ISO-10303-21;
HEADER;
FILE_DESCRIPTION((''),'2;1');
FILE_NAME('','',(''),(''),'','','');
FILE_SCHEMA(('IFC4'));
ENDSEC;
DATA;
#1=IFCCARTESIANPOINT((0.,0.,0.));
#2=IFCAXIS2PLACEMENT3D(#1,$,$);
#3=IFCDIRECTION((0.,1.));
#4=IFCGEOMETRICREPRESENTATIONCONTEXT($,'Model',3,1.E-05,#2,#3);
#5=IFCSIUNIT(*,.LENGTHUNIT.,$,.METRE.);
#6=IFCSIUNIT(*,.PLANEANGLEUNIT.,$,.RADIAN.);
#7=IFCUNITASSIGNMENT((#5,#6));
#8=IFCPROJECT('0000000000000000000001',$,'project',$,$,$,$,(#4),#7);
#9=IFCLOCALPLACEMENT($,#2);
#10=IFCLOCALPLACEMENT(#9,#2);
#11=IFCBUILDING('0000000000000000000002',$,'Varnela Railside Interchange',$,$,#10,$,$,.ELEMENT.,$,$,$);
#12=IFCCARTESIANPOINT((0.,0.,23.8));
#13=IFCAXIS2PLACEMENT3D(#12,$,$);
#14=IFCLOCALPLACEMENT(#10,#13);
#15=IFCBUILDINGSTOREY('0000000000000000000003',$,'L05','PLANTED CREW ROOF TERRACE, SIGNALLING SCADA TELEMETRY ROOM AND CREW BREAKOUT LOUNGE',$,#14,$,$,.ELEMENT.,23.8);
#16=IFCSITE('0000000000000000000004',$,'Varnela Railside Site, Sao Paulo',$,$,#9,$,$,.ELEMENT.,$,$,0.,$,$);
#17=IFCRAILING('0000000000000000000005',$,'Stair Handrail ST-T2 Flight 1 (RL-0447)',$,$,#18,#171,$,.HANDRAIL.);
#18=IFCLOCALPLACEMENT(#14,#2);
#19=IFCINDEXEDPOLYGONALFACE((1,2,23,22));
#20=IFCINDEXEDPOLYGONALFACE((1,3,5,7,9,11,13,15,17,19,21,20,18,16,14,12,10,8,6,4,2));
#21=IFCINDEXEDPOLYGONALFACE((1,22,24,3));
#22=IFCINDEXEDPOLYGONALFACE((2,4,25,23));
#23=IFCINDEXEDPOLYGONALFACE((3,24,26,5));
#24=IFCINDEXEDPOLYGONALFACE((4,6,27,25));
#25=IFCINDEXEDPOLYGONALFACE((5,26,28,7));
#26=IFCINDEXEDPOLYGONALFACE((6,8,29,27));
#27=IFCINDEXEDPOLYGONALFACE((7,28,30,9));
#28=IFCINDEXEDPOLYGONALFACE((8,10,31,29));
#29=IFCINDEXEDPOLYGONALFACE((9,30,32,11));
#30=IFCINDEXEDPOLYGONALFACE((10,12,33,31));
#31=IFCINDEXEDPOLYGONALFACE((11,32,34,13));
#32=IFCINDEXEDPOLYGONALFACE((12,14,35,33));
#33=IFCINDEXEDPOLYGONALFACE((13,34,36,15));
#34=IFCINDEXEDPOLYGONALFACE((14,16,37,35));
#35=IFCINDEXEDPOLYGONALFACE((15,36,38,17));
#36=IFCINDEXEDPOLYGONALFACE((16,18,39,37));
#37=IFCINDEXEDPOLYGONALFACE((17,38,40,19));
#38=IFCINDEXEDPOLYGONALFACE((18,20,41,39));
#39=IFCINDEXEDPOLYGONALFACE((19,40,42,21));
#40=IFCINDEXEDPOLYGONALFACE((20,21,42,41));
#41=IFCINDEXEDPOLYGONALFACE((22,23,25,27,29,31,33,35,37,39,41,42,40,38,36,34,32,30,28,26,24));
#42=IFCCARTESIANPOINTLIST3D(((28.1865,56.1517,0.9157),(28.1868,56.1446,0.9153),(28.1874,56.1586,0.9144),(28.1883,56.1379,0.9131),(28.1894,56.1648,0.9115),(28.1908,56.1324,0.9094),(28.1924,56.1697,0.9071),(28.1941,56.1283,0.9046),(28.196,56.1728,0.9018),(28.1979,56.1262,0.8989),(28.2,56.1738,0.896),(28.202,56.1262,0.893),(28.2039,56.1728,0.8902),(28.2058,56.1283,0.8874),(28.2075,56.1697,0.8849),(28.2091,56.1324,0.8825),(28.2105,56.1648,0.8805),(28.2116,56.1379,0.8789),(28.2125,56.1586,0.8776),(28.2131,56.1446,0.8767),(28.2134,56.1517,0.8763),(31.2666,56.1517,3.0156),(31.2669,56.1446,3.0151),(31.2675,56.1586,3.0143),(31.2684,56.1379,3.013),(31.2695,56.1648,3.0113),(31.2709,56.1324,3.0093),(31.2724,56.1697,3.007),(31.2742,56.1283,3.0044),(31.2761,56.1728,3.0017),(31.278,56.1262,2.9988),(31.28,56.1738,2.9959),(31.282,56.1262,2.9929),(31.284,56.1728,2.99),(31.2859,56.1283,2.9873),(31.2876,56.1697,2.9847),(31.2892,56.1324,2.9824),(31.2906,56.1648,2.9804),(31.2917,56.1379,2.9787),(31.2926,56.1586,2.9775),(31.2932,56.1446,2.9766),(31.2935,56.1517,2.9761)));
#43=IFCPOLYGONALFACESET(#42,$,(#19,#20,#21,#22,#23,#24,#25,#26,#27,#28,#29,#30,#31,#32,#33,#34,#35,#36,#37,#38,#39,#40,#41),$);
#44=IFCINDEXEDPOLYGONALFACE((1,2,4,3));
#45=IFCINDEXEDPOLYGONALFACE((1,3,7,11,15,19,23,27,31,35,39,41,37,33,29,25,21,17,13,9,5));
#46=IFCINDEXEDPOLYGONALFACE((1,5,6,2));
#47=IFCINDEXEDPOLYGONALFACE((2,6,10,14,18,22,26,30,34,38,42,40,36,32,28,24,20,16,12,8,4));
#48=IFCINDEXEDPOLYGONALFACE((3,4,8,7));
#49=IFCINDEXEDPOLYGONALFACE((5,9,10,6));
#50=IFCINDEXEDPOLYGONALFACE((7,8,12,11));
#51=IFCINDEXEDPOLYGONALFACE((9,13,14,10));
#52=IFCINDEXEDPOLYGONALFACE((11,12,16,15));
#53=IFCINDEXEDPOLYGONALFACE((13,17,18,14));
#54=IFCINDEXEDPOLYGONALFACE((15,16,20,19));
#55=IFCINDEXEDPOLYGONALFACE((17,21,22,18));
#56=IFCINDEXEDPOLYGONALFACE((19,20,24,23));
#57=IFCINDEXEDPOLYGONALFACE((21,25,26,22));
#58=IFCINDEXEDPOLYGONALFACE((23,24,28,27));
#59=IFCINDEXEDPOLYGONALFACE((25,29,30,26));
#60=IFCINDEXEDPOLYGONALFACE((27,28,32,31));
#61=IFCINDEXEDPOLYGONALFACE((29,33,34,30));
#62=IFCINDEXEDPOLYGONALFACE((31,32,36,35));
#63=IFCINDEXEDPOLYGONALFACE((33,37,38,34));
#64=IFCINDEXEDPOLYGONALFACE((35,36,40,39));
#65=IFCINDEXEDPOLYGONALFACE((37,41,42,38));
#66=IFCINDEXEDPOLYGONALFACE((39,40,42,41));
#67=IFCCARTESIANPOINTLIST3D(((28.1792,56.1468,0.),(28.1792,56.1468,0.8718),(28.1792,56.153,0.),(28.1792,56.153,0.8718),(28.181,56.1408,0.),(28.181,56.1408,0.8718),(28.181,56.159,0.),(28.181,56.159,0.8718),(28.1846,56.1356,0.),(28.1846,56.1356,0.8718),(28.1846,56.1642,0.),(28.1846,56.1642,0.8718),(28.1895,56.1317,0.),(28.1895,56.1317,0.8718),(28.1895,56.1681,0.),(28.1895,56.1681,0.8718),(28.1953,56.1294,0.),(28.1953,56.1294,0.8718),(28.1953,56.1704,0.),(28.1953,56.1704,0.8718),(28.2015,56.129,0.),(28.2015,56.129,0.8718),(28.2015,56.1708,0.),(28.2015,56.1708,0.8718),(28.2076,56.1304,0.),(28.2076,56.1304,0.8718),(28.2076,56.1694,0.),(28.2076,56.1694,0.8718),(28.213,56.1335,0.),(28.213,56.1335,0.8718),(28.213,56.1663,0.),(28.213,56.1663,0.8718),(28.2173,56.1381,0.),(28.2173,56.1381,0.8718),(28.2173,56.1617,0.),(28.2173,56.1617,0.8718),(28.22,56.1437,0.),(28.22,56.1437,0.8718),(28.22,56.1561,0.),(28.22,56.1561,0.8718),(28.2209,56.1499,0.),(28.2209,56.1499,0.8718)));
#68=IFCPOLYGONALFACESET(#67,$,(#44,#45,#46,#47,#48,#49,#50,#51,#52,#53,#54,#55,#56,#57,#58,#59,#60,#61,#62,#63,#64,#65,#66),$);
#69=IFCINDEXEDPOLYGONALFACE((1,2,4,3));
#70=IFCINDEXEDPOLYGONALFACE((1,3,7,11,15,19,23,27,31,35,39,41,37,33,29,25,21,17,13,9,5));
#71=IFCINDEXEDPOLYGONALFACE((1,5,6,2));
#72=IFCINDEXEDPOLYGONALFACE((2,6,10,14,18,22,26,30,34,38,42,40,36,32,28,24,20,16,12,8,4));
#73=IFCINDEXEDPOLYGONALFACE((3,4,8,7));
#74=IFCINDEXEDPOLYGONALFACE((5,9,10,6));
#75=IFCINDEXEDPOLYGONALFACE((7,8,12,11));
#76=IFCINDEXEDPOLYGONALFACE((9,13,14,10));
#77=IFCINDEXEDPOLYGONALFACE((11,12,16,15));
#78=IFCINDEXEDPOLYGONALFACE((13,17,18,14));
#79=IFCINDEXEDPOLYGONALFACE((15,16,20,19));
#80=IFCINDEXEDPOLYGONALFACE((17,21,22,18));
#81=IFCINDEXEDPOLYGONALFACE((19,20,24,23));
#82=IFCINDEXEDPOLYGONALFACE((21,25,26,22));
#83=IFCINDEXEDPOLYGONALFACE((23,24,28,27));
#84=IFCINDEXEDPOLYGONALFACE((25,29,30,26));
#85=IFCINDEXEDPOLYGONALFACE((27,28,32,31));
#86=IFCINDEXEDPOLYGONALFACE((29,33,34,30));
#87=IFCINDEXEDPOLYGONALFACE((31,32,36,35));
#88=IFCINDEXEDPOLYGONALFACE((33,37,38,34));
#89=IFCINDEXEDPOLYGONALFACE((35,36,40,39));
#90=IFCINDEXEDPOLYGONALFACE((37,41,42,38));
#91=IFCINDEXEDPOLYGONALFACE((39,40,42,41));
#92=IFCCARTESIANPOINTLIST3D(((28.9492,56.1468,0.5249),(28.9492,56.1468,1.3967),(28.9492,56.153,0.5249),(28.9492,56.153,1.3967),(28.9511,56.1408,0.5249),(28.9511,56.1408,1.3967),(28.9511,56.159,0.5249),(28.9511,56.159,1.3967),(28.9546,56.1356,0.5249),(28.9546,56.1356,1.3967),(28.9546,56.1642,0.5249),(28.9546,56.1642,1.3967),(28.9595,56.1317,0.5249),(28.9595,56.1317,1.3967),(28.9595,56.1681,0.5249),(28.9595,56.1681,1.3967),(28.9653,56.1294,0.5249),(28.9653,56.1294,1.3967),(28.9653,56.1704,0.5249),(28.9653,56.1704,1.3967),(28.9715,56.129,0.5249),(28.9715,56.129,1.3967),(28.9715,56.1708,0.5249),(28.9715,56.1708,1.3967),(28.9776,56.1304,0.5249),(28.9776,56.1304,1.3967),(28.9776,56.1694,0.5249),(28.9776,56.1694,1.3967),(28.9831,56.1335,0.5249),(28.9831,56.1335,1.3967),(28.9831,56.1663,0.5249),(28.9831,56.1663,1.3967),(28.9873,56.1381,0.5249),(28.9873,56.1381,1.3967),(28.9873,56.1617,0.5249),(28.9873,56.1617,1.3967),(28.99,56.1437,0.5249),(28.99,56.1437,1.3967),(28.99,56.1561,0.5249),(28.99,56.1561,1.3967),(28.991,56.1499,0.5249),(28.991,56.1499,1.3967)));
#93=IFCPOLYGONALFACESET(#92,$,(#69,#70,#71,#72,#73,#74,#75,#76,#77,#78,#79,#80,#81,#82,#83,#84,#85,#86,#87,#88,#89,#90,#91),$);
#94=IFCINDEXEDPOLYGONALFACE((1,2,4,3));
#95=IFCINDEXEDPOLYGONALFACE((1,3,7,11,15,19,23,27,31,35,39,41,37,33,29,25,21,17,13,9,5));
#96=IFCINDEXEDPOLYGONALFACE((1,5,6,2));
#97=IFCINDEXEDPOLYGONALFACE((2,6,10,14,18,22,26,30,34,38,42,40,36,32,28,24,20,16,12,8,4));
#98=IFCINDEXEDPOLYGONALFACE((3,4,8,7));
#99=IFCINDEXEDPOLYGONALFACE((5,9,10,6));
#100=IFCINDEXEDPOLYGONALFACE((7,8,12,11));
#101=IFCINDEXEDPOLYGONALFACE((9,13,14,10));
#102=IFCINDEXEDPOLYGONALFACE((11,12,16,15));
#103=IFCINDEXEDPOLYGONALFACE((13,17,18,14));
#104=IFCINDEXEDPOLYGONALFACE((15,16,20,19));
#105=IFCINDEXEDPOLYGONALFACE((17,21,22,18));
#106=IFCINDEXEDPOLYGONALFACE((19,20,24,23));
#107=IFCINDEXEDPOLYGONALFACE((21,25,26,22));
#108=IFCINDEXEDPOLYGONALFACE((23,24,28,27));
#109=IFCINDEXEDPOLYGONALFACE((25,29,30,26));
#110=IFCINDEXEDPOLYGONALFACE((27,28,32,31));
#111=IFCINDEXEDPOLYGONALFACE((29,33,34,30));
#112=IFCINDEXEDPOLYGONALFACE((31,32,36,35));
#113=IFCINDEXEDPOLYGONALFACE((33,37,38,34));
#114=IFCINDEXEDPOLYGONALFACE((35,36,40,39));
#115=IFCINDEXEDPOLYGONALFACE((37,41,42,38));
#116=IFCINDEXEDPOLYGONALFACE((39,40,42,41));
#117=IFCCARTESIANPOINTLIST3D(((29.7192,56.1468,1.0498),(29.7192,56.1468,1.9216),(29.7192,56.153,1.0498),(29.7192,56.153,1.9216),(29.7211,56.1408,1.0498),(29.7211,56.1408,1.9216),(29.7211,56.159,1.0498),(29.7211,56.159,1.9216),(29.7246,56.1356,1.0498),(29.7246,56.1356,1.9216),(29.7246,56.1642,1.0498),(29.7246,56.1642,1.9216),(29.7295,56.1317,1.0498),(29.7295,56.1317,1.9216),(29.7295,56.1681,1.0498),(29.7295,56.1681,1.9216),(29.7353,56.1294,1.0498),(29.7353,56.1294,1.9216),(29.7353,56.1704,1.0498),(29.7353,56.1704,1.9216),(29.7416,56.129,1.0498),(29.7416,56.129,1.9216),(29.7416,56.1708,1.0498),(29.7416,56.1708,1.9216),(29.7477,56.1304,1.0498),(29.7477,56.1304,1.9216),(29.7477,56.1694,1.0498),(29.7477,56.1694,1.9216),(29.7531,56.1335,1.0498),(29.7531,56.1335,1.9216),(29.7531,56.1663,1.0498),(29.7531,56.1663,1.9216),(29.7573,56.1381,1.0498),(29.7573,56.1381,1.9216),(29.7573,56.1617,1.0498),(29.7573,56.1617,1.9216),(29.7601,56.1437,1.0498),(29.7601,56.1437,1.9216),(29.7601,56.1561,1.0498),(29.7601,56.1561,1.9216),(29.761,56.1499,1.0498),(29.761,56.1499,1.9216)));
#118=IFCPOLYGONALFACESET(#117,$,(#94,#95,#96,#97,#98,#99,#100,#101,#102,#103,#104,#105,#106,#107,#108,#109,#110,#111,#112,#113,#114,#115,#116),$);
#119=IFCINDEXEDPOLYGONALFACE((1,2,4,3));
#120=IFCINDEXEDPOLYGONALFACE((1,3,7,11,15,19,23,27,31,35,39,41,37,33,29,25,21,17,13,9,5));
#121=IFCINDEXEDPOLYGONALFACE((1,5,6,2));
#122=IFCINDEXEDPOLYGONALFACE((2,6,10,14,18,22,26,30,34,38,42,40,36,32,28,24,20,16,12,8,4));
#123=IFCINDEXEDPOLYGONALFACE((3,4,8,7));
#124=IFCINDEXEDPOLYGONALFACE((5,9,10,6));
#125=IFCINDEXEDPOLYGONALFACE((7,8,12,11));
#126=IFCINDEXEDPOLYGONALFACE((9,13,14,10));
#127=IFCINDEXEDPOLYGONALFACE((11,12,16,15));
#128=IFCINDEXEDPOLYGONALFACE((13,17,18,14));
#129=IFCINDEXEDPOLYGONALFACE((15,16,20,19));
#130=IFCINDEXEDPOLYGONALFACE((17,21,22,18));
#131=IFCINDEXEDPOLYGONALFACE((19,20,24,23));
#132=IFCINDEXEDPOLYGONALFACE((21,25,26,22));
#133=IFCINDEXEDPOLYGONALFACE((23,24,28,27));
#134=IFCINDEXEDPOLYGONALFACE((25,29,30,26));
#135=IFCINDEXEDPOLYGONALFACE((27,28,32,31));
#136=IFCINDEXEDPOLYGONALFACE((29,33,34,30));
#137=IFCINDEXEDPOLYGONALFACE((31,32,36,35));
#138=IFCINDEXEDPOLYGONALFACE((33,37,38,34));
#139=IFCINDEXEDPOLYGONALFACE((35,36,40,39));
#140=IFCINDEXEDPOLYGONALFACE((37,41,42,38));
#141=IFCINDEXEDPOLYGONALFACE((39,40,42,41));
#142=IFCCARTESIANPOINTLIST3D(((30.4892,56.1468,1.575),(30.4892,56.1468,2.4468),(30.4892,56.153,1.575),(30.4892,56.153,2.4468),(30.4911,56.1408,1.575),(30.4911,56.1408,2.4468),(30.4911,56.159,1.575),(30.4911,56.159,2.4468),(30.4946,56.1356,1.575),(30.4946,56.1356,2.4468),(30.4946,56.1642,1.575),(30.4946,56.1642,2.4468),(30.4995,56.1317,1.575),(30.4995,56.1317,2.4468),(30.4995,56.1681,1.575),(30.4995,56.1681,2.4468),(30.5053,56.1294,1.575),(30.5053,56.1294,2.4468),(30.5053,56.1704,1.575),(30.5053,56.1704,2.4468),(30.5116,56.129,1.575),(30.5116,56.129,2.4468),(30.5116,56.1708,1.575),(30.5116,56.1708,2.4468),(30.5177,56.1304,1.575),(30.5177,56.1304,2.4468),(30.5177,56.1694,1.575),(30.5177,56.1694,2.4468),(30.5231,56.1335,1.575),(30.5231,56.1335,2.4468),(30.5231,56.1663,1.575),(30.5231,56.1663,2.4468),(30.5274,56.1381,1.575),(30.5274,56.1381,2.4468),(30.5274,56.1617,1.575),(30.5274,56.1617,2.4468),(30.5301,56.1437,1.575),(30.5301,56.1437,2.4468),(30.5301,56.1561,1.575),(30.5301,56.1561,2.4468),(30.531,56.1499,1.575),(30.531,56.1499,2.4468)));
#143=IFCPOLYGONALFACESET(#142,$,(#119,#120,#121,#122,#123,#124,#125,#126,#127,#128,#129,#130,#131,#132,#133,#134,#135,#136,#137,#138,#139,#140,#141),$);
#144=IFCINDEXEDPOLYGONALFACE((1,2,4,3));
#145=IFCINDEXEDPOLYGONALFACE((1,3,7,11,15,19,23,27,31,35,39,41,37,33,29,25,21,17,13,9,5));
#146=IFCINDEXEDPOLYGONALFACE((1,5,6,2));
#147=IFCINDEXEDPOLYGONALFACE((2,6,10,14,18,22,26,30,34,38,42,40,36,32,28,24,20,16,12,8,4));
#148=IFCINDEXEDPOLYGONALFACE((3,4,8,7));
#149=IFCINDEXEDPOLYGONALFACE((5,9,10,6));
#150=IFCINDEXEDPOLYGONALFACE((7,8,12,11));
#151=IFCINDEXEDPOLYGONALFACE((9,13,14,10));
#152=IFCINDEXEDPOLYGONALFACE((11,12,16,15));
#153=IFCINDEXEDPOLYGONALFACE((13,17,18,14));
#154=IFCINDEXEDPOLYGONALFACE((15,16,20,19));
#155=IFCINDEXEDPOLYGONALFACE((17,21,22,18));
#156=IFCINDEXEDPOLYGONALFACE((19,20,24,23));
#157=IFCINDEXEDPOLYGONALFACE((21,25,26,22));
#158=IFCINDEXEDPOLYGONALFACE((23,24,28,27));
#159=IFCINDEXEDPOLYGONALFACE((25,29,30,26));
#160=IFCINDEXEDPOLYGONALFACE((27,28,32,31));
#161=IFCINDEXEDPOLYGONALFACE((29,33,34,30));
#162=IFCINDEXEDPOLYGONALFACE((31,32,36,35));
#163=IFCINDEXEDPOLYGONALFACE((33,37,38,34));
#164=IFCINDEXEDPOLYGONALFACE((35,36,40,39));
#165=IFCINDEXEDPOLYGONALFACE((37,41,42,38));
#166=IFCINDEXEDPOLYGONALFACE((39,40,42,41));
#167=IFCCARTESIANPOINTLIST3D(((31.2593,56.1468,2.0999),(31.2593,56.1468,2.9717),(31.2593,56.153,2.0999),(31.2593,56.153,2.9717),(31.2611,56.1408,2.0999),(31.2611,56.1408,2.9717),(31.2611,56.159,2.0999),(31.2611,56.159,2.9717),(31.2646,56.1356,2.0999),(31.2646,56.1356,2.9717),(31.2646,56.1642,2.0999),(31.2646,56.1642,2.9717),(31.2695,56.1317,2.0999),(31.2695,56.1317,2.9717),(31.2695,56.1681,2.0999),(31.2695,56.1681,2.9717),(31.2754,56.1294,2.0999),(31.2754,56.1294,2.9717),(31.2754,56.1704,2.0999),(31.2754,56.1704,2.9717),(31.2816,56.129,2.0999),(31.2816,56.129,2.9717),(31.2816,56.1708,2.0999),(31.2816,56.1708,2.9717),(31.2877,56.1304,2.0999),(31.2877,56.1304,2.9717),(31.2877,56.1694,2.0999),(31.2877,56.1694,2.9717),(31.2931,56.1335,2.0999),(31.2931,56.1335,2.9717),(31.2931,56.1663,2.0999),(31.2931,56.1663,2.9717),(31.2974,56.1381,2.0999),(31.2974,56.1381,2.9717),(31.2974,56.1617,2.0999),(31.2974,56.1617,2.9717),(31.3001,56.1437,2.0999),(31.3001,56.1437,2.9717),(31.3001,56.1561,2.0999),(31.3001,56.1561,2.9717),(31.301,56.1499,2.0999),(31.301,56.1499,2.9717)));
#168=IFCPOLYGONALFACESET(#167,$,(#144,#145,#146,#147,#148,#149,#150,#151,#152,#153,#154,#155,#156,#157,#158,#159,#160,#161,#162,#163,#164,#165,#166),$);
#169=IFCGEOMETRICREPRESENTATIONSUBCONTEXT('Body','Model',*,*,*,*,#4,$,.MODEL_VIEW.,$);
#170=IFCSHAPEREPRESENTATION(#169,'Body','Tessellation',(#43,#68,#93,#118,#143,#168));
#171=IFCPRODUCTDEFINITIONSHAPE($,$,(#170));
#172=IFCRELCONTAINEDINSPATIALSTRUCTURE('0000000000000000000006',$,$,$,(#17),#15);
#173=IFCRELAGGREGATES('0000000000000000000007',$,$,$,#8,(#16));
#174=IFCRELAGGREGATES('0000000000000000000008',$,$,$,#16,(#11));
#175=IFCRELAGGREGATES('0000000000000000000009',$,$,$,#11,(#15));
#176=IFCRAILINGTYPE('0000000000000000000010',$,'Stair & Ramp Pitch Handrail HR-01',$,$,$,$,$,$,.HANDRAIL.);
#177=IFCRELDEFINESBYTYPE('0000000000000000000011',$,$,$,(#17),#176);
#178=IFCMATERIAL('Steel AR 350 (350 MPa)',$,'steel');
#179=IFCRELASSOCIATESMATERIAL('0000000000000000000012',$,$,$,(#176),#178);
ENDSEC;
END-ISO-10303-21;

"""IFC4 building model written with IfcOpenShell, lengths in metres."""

from ifc_helpers import new_model, si_unit, direction, frame, origin, origin_2d, place, context, subcontext, project, spatial, circle, extrude, material, type_object, element, save


model = new_model("IFC4")

# Units and contexts
model_context = context("Model", 3, precision=1e-05, world=origin(), true_north=direction((0.0, 1.0)))
body_context = subcontext(model_context, "Body", "Model", "MODEL_VIEW")
ifc_project = project(units=[si_unit("LENGTHUNIT", "METRE"), si_unit("PLANEANGLEUNIT", "RADIAN")], contexts=[model_context])

# Site, building, storey
site_placement = place(None, origin())
site = spatial("IfcSite", under=ifc_project, at=site_placement, Name="Varnela Railside Site, Sao Paulo", CompositionType="ELEMENT", RefElevation=0.0)
building_placement = place(site_placement, origin())
building = spatial("IfcBuilding", under=site, at=building_placement, Name="Varnela Railside Interchange", CompositionType="ELEMENT")
storey_placement = place(building_placement, frame((0.0, 0.0, 23.8)))
storey = spatial("IfcBuildingStorey", under=building, at=storey_placement, Name="L05", Description="PLANTED CREW ROOF TERRACE, SIGNALLING SCADA TELEMETRY ROOM AND CREW BREAKOUT LOUNGE", CompositionType="ELEMENT", Elevation=23.8)

# Shared definitions
ifc_material_1 = material(Name="Steel AR 350 (350 MPa)", Category="steel")

# Railing
railing_type_1 = type_object("IfcRailingType", Name="Stair & Ramp Pitch Handrail HR-01", PredefinedType="HANDRAIL", material=ifc_material_1)
railing_1_placement = place(storey_placement, frame((28.2, 56.1499, 0.0)))
element("IfcRailing", 1, at=railing_1_placement, inside=storey, type_object=railing_type_1, Name="Stair Handrail ST-T2 Flight 1 (RL-0447)", PredefinedType="HANDRAIL", context=body_context, shape_type="SweptSolid", body=[
    extrude(circle(Radius=0.0239, at=origin_2d()), frame((0.0, 0.0, 0.896), z_axis=(0.826252, 0.0, 0.5633), x_axis=(0.0, 1.0, 0.0)), (0.0, 0.0, 1.0), 3.7278),
    extrude(circle(Radius=0.021, at=origin_2d()), origin(), (0.0, 0.0, 1.0), 0.8718),
    extrude(circle(Radius=0.021, at=origin_2d()), frame((0.77, 0.0, 0.5249)), (0.0, 0.0, 1.0), 0.8718),
    extrude(circle(Radius=0.021, at=origin_2d()), frame((1.54, 0.0, 1.0498)), (0.0, 0.0, 1.0), 0.8718),
    extrude(circle(Radius=0.021, at=origin_2d()), frame((2.3101, 0.0, 1.575)), (0.0, 0.0, 1.0), 0.8718),
    extrude(circle(Radius=0.021, at=origin_2d()), frame((3.0801, 0.0, 2.0999)), (0.0, 0.0, 1.0), 0.8718),
])

save(model, "model.ifc")
